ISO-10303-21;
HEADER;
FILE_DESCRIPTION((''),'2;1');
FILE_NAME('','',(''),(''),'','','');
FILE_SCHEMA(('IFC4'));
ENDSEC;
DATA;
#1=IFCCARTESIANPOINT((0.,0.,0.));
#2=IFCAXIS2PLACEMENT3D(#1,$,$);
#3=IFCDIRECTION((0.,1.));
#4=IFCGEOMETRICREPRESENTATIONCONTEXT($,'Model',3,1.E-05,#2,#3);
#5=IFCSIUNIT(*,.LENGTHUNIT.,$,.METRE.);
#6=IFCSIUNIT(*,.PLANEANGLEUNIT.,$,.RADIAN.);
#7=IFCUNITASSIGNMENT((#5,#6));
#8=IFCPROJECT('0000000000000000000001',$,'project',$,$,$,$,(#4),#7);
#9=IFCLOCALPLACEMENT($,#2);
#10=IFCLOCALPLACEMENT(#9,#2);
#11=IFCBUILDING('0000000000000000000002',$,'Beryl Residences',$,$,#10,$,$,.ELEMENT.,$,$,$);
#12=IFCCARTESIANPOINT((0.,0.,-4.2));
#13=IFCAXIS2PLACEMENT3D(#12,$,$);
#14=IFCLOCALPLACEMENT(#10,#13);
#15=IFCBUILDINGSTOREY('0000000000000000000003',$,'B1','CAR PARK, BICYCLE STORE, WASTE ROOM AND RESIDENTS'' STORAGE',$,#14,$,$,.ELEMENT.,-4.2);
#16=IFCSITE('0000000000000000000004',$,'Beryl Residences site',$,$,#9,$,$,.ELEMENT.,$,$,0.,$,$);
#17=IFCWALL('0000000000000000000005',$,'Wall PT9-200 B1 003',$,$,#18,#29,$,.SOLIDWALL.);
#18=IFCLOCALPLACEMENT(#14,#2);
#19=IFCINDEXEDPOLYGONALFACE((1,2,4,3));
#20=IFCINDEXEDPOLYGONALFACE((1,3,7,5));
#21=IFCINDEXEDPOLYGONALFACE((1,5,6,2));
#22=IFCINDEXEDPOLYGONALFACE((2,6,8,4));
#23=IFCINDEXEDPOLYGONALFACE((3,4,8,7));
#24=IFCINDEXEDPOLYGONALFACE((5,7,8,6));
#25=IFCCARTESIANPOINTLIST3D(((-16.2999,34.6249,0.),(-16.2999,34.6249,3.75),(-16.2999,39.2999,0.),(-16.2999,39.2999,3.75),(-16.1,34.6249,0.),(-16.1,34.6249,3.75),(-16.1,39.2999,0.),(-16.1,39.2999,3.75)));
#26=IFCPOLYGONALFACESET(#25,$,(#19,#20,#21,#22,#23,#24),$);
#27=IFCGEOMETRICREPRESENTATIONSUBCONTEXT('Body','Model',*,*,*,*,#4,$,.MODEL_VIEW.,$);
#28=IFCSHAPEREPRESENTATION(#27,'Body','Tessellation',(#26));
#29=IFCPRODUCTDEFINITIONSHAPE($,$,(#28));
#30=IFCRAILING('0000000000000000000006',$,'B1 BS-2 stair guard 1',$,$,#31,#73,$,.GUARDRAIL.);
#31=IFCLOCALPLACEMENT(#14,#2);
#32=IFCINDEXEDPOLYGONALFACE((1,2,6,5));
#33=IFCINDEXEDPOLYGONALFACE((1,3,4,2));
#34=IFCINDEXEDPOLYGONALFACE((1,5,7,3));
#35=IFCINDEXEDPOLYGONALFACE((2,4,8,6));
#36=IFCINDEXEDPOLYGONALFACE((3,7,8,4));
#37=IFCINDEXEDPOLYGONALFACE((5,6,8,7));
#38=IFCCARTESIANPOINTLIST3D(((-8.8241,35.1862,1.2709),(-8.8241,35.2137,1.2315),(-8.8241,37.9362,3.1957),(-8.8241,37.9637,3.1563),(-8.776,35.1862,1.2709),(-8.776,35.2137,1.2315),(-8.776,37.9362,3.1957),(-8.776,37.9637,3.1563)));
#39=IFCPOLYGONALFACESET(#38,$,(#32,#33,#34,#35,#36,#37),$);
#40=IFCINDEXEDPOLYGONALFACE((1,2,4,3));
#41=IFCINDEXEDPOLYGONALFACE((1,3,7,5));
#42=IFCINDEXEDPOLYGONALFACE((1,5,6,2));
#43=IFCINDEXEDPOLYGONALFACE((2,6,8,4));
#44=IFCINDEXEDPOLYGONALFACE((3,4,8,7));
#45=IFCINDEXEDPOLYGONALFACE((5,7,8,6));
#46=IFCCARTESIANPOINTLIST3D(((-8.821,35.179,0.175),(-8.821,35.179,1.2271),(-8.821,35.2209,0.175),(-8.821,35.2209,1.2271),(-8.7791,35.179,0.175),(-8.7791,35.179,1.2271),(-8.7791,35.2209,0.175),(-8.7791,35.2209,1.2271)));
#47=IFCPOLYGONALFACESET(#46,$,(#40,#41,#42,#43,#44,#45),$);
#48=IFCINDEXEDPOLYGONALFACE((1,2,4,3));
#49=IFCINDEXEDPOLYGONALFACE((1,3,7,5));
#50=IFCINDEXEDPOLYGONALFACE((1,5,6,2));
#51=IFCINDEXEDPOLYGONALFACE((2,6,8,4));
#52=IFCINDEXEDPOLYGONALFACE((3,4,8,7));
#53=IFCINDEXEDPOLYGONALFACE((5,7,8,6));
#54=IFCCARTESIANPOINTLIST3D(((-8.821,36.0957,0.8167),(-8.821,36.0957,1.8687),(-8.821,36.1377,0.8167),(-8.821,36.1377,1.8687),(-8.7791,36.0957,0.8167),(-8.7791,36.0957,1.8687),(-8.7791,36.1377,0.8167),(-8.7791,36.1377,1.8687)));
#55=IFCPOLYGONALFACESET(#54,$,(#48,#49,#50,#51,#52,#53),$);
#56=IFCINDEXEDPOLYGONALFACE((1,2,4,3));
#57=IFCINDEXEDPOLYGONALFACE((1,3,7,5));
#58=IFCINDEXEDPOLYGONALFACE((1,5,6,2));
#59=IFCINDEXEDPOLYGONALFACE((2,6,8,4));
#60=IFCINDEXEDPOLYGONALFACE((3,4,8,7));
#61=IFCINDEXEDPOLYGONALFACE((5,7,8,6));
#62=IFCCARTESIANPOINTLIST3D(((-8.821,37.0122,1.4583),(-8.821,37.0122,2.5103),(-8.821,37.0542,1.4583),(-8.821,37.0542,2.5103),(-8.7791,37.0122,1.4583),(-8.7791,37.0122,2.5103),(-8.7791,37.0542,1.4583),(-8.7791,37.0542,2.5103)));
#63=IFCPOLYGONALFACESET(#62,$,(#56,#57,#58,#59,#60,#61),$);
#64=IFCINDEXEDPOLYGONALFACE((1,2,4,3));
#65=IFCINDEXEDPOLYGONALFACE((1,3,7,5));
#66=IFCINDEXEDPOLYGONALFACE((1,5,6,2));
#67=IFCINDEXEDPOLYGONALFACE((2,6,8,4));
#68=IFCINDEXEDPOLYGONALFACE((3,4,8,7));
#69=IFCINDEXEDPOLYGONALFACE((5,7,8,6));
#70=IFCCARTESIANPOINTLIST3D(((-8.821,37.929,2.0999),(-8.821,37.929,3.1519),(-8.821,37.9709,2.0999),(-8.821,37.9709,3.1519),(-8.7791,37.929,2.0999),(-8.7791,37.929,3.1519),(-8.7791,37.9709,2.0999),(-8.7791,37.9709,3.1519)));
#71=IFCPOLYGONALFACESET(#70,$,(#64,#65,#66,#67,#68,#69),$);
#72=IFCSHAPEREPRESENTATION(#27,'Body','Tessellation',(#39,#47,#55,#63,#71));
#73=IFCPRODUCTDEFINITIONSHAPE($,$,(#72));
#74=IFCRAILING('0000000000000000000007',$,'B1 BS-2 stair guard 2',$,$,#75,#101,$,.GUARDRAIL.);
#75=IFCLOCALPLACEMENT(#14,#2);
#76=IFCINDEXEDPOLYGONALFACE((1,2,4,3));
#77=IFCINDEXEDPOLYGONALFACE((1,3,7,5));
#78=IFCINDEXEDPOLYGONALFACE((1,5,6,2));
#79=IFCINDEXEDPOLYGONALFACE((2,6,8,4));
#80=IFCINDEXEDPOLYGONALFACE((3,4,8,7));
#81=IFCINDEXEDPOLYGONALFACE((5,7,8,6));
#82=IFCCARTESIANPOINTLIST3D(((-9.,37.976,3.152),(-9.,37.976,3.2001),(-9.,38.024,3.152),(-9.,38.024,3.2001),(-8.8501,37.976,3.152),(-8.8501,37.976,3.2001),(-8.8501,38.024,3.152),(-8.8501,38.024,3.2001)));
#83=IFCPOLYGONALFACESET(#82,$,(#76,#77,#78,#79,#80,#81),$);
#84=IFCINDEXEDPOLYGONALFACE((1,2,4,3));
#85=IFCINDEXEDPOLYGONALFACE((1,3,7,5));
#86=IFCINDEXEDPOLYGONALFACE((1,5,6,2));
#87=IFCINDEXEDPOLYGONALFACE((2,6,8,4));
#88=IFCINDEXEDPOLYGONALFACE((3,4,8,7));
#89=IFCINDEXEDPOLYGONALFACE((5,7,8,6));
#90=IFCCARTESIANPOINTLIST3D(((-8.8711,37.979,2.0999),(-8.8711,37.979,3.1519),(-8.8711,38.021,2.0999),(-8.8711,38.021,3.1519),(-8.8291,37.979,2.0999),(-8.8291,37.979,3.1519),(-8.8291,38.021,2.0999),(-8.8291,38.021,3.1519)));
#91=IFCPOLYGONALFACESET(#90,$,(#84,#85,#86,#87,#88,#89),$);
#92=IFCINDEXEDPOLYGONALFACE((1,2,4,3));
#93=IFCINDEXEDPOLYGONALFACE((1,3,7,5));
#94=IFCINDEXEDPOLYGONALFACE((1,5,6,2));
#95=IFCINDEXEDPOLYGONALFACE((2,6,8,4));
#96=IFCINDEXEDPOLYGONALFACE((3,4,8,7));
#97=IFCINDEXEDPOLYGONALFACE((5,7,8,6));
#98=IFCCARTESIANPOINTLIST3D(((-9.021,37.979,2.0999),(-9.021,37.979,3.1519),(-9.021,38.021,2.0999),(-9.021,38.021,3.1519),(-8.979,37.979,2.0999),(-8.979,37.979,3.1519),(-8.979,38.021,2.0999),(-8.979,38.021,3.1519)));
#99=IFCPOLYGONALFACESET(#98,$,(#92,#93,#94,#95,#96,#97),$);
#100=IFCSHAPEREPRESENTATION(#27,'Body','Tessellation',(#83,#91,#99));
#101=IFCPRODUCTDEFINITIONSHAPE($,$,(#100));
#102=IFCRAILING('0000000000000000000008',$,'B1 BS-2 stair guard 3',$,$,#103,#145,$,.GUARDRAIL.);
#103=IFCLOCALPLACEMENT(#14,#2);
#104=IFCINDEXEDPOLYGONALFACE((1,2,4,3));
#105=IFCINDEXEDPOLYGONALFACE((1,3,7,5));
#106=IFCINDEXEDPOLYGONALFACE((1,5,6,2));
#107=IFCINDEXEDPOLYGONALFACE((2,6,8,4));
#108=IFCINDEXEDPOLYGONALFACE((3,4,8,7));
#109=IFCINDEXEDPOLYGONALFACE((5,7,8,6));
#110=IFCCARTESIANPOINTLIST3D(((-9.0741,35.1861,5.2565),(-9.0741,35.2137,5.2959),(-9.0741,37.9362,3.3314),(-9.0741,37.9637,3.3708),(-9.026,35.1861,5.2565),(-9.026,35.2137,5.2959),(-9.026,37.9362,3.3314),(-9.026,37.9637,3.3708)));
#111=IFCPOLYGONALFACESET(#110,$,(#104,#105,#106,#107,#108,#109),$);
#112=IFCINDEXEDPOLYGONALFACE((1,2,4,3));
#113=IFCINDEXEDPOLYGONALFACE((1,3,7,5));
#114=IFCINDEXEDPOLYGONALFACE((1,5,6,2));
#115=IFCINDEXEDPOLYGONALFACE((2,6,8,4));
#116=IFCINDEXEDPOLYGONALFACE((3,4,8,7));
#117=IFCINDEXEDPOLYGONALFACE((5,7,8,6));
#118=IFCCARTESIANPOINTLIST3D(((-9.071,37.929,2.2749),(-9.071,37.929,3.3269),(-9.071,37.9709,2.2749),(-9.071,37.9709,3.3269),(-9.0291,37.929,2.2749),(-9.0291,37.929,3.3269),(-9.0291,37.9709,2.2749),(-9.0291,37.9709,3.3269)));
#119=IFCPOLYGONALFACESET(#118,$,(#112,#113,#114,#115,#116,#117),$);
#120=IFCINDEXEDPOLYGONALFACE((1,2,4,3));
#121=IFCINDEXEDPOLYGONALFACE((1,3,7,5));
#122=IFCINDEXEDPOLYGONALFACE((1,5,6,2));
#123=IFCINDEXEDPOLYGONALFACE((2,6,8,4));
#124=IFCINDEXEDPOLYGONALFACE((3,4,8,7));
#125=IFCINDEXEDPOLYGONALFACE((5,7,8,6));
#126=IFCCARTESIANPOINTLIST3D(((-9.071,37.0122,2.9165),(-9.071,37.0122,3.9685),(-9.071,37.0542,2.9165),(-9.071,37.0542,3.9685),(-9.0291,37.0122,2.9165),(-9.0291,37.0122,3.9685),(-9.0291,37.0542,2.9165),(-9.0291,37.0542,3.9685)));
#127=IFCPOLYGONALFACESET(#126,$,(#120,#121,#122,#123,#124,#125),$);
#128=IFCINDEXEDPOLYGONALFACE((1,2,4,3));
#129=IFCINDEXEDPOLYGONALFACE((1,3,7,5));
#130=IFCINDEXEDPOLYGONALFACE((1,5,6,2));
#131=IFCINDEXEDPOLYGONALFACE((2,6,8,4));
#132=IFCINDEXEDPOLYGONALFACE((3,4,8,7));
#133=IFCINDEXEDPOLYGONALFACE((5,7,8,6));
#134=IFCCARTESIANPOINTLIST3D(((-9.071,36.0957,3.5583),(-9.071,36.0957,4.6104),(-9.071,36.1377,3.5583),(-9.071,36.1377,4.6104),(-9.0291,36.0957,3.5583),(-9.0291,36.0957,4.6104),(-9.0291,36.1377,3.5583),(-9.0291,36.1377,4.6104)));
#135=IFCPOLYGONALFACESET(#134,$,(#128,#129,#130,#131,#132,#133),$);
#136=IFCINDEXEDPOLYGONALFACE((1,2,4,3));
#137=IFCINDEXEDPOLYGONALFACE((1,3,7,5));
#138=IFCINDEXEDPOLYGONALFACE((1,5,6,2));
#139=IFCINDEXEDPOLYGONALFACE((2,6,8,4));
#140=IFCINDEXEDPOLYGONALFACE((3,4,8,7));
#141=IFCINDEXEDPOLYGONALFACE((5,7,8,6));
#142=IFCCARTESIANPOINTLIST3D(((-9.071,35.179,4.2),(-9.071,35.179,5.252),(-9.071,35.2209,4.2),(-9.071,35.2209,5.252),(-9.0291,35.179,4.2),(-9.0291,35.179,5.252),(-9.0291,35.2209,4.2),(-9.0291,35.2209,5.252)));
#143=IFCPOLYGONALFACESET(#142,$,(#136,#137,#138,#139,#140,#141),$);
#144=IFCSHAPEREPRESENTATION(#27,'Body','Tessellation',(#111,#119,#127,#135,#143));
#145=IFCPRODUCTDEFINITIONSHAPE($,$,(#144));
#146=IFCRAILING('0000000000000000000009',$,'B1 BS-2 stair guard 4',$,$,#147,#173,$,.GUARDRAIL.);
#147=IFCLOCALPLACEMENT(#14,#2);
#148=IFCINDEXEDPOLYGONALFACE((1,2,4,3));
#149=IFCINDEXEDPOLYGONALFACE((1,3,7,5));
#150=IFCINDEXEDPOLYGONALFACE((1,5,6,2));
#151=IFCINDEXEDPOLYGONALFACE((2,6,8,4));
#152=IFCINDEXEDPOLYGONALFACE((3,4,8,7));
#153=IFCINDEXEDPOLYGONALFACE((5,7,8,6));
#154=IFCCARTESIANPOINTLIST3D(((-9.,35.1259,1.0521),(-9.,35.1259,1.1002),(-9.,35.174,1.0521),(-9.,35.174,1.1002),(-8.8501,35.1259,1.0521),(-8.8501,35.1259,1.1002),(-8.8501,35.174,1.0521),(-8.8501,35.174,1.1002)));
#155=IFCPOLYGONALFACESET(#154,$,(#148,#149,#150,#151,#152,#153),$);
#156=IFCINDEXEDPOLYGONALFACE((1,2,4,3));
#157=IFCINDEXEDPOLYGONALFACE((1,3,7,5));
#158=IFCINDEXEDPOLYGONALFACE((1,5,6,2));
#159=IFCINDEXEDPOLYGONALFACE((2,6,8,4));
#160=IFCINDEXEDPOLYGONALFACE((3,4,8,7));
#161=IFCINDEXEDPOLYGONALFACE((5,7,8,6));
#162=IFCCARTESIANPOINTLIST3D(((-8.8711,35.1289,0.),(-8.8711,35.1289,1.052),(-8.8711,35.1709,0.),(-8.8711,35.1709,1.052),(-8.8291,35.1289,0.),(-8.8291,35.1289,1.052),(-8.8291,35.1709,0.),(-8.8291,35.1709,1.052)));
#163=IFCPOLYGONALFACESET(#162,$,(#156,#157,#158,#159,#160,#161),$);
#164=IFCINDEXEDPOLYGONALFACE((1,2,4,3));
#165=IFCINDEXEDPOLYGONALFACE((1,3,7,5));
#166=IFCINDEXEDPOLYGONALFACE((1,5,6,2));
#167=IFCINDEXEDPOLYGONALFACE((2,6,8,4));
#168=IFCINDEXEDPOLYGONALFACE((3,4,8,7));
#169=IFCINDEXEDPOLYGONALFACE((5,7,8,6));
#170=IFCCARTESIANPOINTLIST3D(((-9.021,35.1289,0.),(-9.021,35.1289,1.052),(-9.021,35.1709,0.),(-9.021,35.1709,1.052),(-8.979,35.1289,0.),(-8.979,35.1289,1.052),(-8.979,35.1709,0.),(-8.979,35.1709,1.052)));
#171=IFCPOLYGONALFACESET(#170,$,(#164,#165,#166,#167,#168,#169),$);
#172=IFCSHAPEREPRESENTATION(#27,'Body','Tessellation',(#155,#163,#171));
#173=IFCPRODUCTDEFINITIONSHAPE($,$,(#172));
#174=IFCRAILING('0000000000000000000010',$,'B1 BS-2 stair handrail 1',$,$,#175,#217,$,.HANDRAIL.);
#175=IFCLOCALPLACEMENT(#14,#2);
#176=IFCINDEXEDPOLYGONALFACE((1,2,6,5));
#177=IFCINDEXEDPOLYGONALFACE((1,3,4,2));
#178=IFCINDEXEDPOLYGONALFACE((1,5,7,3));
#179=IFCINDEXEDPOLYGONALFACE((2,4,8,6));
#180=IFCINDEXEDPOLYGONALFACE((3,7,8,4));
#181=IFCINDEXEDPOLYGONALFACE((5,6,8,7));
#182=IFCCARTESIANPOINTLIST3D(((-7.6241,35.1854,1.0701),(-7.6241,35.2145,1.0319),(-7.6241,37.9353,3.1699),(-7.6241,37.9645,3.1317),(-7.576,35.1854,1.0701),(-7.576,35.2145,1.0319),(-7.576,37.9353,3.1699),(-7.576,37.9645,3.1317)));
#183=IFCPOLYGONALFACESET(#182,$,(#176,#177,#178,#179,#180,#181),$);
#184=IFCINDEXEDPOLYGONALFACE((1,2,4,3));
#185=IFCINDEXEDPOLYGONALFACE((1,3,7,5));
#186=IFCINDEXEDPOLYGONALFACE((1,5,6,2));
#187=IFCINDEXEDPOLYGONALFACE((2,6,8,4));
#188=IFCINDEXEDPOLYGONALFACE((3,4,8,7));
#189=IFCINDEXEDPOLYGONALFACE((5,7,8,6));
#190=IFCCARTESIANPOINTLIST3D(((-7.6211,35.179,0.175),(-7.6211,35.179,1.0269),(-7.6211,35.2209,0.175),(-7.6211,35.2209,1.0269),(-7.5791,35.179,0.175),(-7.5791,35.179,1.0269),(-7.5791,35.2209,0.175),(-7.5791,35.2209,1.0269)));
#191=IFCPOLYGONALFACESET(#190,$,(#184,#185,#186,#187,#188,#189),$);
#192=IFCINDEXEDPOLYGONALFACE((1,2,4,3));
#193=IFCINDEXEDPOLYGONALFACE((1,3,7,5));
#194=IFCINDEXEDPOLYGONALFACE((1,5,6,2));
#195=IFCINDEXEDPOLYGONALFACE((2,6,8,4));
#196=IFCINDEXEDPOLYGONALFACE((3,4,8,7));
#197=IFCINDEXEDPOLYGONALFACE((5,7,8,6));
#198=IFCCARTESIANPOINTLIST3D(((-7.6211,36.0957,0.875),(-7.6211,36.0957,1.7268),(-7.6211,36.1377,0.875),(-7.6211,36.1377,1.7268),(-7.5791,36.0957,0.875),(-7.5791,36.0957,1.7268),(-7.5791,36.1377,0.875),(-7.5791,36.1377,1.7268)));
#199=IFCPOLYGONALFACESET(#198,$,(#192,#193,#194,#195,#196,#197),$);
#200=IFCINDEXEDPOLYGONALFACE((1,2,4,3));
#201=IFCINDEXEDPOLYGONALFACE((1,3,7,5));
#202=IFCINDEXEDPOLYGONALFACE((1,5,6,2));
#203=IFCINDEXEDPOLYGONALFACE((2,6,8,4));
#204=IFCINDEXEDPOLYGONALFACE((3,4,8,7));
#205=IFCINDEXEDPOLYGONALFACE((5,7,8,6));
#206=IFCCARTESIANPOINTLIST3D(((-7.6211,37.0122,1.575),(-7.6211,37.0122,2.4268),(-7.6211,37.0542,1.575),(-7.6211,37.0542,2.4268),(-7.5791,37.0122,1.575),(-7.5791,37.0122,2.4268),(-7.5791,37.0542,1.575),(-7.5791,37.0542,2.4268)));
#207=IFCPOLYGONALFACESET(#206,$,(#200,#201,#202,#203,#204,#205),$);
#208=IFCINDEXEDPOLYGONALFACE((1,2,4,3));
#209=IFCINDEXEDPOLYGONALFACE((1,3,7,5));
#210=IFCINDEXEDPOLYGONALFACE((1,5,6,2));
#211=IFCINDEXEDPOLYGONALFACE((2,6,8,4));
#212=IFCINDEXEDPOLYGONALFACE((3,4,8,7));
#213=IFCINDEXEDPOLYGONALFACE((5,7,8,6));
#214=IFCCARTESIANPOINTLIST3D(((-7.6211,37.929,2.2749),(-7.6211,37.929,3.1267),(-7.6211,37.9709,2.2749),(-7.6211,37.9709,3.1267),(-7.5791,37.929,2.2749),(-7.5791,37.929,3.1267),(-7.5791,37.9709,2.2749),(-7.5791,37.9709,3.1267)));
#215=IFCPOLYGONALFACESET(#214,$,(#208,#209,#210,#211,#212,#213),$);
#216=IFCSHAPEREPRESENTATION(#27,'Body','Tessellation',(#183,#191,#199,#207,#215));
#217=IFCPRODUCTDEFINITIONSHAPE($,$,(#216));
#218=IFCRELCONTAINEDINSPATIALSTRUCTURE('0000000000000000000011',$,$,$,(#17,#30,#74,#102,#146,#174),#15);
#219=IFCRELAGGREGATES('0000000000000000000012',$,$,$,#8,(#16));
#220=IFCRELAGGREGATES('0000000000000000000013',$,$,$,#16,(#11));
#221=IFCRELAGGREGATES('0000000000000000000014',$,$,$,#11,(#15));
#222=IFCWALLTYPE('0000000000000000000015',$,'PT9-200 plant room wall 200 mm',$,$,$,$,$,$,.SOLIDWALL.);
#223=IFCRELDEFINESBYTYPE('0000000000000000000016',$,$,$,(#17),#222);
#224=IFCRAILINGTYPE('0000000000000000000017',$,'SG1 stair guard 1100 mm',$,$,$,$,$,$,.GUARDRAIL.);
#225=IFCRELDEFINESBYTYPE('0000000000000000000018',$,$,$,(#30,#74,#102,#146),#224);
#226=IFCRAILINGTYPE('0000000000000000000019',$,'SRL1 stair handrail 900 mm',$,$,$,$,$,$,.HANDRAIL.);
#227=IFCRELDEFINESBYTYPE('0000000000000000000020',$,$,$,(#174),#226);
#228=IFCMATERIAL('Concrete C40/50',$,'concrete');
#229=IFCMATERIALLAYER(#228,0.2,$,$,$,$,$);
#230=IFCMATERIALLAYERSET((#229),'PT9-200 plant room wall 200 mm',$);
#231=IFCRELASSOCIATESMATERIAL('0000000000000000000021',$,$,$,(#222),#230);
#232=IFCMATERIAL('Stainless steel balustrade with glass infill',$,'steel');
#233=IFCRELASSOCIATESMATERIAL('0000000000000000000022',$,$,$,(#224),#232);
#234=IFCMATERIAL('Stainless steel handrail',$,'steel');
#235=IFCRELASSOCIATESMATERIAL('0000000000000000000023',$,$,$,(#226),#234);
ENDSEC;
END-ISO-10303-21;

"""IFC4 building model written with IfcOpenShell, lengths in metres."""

from ifc_helpers import new_model, si_unit, direction, frame, frame_2d, origin, origin_2d, place, context, subcontext, project, spatial, rectangle, extrude, material, layer, layer_set, type_object, element, save


model = new_model("IFC4")

# Units and contexts
model_context = context("Model", 3, precision=1e-05, world=origin(), true_north=direction((0.0, 1.0)))
body_context = subcontext(model_context, "Body", "Model", "MODEL_VIEW")
ifc_project = project(units=[si_unit("LENGTHUNIT", "METRE"), si_unit("PLANEANGLEUNIT", "RADIAN")], contexts=[model_context])

# Site, building, storey
site_placement = place(None, origin())
site = spatial("IfcSite", under=ifc_project, at=site_placement, Name="Beryl Residences site", CompositionType="ELEMENT", RefElevation=0.0)
building_placement = place(site_placement, origin())
building = spatial("IfcBuilding", under=site, at=building_placement, Name="Beryl Residences", CompositionType="ELEMENT")
storey_placement = place(building_placement, frame((0.0, 0.0, -4.2)))
storey = spatial("IfcBuildingStorey", under=building, at=storey_placement, Name="B1", Description="CAR PARK, BICYCLE STORE, WASTE ROOM AND RESIDENTS' STORAGE", CompositionType="ELEMENT", Elevation=-4.2)

# Shared definitions
ifc_material_1 = material(Name="Concrete C40/50", Category="concrete")
ifc_layer_1 = layer(ifc_material_1, 0.2)
ifc_layer_set_1 = layer_set([ifc_layer_1], Name="PT9-200 plant room wall 200 mm")
wall_type_1 = type_object("IfcWallType", Name="PT9-200 plant room wall 200 mm", PredefinedType="SOLIDWALL", material=ifc_layer_set_1)

# Wall
wall_1_placement = place(storey_placement, frame((-16.2, 34.625, 0.0), z_axis=(0.0, 0.0, 1.0), x_axis=(0.0, 1.0, 0.0)))
element("IfcWall", 1, at=wall_1_placement, inside=storey, type_object=wall_type_1, Name="Wall PT9-200 B1 003", PredefinedType="SOLIDWALL", context=body_context, shape_type="SweptSolid", body=[
    extrude(rectangle(XDim=4.675, YDim=0.2, at=frame_2d((2.3374, 0.0))), origin(), (0.0, 0.0, 1.0), 3.75),
])

# Railings
ifc_material_2 = material(Name="Stainless steel balustrade with glass infill", Category="steel")
railing_type_1 = type_object("IfcRailingType", Name="SG1 stair guard 1100 mm", PredefinedType="GUARDRAIL", material=ifc_material_2)
railing_1_placement = place(storey_placement, frame((-8.8, 35.2, 0.175)))
element("IfcRailing", 2, at=railing_1_placement, inside=storey, type_object=railing_type_1, Name="B1 BS-2 stair guard 1", PredefinedType="GUARDRAIL", context=body_context, shape_type="SweptSolid", body=[
    extrude(rectangle(XDim=0.0481, YDim=0.0481, at=origin_2d()), frame((0.0, 0.0, 1.0762), z_axis=(0.0, 0.819259, 0.573423), x_axis=(-1.0, 0.0, 0.0)), (0.0, 0.0, 1.0), 3.3567),
    extrude(rectangle(XDim=0.042, YDim=0.042, at=origin_2d()), origin(), (0.0, 0.0, 1.0), 1.052),
    extrude(rectangle(XDim=0.042, YDim=0.042, at=origin_2d()), frame((0.0, 0.9167, 0.6416)), (0.0, 0.0, 1.0), 1.052),
    extrude(rectangle(XDim=0.042, YDim=0.042, at=origin_2d()), frame((0.0, 1.8333, 1.2832)), (0.0, 0.0, 1.0), 1.052),
    extrude(rectangle(XDim=0.042, YDim=0.042, at=origin_2d()), frame((0.0, 2.75, 1.9248)), (0.0, 0.0, 1.0), 1.052),
])
railing_2_placement = place(storey_placement, frame((-8.8501, 38.0, 2.0999)))
element("IfcRailing", 3, at=railing_2_placement, inside=storey, type_object=railing_type_1, Name="B1 BS-2 stair guard 2", PredefinedType="GUARDRAIL", context=body_context, shape_type="SweptSolid", body=[
    extrude(rectangle(XDim=0.0481, YDim=0.0481, at=origin_2d()), frame((0.0, 0.0, 1.0762), z_axis=(-1.0, 0.0, 0.0), x_axis=(0.0, -1.0, 0.0)), (0.0, 0.0, 1.0), 0.1499),
    extrude(rectangle(XDim=0.042, YDim=0.042, at=origin_2d()), origin(), (0.0, 0.0, 1.0), 1.052),
    extrude(rectangle(XDim=0.042, YDim=0.042, at=origin_2d()), frame((-0.1499, 0.0, 0.0)), (0.0, 0.0, 1.0), 1.052),
])
railing_3_placement = place(storey_placement, frame((-9.05, 37.95, 2.2749)))
element("IfcRailing", 4, at=railing_3_placement, inside=storey, type_object=railing_type_1, Name="B1 BS-2 stair guard 3", PredefinedType="GUARDRAIL", context=body_context, shape_type="SweptSolid", body=[
    extrude(rectangle(XDim=0.0481, YDim=0.0481, at=origin_2d()), frame((0.0, 0.0, 1.0762), z_axis=(0.0, -0.819225, 0.573472), x_axis=(1.0, 0.0, 0.0)), (0.0, 0.0, 1.0), 3.3569),
    extrude(rectangle(XDim=0.042, YDim=0.042, at=origin_2d()), origin(), (0.0, 0.0, 1.0), 1.052),
    extrude(rectangle(XDim=0.042, YDim=0.042, at=origin_2d()), frame((0.0, -0.9167, 0.6416)), (0.0, 0.0, 1.0), 1.052),
    extrude(rectangle(XDim=0.042, YDim=0.042, at=origin_2d()), frame((0.0, -1.8333, 1.2834)), (0.0, 0.0, 1.0), 1.052),
    extrude(rectangle(XDim=0.042, YDim=0.042, at=origin_2d()), frame((0.0, -2.75, 1.925)), (0.0, 0.0, 1.0), 1.052),
])
railing_4_placement = place(storey_placement, frame((-8.8501, 35.1499, 0.0)))
element("IfcRailing", 5, at=railing_4_placement, inside=storey, type_object=railing_type_1, Name="B1 BS-2 stair guard 4", PredefinedType="GUARDRAIL", context=body_context, shape_type="SweptSolid", body=[
    extrude(rectangle(XDim=0.0481, YDim=0.0481, at=origin_2d()), frame((0.0, 0.0, 1.0762), z_axis=(-1.0, 0.0, 0.0), x_axis=(0.0, -1.0, 0.0)), (0.0, 0.0, 1.0), 0.1499),
    extrude(rectangle(XDim=0.042, YDim=0.042, at=origin_2d()), origin(), (0.0, 0.0, 1.0), 1.052),
    extrude(rectangle(XDim=0.042, YDim=0.042, at=origin_2d()), frame((-0.1499, 0.0, 0.0)), (0.0, 0.0, 1.0), 1.052),
])
ifc_material_3 = material(Name="Stainless steel handrail", Category="steel")
railing_type_2 = type_object("IfcRailingType", Name="SRL1 stair handrail 900 mm", PredefinedType="HANDRAIL", material=ifc_material_3)
railing_5_placement = place(storey_placement, frame((-7.6001, 35.2, 0.175)))
element("IfcRailing", 6, at=railing_5_placement, inside=storey, type_object=railing_type_2, Name="B1 BS-2 stair handrail 1", PredefinedType="HANDRAIL", context=body_context, shape_type="SweptSolid", body=[
    extrude(rectangle(XDim=0.0481, YDim=0.0481, at=origin_2d()), frame((0.0, 0.0, 0.876), z_axis=(0.0, 0.794788, 0.606887), x_axis=(-1.0, 0.0, 0.0)), (0.0, 0.0, 1.0), 3.46),
    extrude(rectangle(XDim=0.042, YDim=0.042, at=origin_2d()), origin(), (0.0, 0.0, 1.0), 0.8518),
    extrude(rectangle(XDim=0.042, YDim=0.042, at=origin_2d()), frame((0.0, 0.9167, 0.7)), (0.0, 0.0, 1.0), 0.8518),
    extrude(rectangle(XDim=0.042, YDim=0.042, at=origin_2d()), frame((0.0, 1.8333, 1.3999)), (0.0, 0.0, 1.0), 0.8518),
    extrude(rectangle(XDim=0.042, YDim=0.042, at=origin_2d()), frame((0.0, 2.75, 2.0999)), (0.0, 0.0, 1.0), 0.8518),
])

save(model, "model.ifc")
